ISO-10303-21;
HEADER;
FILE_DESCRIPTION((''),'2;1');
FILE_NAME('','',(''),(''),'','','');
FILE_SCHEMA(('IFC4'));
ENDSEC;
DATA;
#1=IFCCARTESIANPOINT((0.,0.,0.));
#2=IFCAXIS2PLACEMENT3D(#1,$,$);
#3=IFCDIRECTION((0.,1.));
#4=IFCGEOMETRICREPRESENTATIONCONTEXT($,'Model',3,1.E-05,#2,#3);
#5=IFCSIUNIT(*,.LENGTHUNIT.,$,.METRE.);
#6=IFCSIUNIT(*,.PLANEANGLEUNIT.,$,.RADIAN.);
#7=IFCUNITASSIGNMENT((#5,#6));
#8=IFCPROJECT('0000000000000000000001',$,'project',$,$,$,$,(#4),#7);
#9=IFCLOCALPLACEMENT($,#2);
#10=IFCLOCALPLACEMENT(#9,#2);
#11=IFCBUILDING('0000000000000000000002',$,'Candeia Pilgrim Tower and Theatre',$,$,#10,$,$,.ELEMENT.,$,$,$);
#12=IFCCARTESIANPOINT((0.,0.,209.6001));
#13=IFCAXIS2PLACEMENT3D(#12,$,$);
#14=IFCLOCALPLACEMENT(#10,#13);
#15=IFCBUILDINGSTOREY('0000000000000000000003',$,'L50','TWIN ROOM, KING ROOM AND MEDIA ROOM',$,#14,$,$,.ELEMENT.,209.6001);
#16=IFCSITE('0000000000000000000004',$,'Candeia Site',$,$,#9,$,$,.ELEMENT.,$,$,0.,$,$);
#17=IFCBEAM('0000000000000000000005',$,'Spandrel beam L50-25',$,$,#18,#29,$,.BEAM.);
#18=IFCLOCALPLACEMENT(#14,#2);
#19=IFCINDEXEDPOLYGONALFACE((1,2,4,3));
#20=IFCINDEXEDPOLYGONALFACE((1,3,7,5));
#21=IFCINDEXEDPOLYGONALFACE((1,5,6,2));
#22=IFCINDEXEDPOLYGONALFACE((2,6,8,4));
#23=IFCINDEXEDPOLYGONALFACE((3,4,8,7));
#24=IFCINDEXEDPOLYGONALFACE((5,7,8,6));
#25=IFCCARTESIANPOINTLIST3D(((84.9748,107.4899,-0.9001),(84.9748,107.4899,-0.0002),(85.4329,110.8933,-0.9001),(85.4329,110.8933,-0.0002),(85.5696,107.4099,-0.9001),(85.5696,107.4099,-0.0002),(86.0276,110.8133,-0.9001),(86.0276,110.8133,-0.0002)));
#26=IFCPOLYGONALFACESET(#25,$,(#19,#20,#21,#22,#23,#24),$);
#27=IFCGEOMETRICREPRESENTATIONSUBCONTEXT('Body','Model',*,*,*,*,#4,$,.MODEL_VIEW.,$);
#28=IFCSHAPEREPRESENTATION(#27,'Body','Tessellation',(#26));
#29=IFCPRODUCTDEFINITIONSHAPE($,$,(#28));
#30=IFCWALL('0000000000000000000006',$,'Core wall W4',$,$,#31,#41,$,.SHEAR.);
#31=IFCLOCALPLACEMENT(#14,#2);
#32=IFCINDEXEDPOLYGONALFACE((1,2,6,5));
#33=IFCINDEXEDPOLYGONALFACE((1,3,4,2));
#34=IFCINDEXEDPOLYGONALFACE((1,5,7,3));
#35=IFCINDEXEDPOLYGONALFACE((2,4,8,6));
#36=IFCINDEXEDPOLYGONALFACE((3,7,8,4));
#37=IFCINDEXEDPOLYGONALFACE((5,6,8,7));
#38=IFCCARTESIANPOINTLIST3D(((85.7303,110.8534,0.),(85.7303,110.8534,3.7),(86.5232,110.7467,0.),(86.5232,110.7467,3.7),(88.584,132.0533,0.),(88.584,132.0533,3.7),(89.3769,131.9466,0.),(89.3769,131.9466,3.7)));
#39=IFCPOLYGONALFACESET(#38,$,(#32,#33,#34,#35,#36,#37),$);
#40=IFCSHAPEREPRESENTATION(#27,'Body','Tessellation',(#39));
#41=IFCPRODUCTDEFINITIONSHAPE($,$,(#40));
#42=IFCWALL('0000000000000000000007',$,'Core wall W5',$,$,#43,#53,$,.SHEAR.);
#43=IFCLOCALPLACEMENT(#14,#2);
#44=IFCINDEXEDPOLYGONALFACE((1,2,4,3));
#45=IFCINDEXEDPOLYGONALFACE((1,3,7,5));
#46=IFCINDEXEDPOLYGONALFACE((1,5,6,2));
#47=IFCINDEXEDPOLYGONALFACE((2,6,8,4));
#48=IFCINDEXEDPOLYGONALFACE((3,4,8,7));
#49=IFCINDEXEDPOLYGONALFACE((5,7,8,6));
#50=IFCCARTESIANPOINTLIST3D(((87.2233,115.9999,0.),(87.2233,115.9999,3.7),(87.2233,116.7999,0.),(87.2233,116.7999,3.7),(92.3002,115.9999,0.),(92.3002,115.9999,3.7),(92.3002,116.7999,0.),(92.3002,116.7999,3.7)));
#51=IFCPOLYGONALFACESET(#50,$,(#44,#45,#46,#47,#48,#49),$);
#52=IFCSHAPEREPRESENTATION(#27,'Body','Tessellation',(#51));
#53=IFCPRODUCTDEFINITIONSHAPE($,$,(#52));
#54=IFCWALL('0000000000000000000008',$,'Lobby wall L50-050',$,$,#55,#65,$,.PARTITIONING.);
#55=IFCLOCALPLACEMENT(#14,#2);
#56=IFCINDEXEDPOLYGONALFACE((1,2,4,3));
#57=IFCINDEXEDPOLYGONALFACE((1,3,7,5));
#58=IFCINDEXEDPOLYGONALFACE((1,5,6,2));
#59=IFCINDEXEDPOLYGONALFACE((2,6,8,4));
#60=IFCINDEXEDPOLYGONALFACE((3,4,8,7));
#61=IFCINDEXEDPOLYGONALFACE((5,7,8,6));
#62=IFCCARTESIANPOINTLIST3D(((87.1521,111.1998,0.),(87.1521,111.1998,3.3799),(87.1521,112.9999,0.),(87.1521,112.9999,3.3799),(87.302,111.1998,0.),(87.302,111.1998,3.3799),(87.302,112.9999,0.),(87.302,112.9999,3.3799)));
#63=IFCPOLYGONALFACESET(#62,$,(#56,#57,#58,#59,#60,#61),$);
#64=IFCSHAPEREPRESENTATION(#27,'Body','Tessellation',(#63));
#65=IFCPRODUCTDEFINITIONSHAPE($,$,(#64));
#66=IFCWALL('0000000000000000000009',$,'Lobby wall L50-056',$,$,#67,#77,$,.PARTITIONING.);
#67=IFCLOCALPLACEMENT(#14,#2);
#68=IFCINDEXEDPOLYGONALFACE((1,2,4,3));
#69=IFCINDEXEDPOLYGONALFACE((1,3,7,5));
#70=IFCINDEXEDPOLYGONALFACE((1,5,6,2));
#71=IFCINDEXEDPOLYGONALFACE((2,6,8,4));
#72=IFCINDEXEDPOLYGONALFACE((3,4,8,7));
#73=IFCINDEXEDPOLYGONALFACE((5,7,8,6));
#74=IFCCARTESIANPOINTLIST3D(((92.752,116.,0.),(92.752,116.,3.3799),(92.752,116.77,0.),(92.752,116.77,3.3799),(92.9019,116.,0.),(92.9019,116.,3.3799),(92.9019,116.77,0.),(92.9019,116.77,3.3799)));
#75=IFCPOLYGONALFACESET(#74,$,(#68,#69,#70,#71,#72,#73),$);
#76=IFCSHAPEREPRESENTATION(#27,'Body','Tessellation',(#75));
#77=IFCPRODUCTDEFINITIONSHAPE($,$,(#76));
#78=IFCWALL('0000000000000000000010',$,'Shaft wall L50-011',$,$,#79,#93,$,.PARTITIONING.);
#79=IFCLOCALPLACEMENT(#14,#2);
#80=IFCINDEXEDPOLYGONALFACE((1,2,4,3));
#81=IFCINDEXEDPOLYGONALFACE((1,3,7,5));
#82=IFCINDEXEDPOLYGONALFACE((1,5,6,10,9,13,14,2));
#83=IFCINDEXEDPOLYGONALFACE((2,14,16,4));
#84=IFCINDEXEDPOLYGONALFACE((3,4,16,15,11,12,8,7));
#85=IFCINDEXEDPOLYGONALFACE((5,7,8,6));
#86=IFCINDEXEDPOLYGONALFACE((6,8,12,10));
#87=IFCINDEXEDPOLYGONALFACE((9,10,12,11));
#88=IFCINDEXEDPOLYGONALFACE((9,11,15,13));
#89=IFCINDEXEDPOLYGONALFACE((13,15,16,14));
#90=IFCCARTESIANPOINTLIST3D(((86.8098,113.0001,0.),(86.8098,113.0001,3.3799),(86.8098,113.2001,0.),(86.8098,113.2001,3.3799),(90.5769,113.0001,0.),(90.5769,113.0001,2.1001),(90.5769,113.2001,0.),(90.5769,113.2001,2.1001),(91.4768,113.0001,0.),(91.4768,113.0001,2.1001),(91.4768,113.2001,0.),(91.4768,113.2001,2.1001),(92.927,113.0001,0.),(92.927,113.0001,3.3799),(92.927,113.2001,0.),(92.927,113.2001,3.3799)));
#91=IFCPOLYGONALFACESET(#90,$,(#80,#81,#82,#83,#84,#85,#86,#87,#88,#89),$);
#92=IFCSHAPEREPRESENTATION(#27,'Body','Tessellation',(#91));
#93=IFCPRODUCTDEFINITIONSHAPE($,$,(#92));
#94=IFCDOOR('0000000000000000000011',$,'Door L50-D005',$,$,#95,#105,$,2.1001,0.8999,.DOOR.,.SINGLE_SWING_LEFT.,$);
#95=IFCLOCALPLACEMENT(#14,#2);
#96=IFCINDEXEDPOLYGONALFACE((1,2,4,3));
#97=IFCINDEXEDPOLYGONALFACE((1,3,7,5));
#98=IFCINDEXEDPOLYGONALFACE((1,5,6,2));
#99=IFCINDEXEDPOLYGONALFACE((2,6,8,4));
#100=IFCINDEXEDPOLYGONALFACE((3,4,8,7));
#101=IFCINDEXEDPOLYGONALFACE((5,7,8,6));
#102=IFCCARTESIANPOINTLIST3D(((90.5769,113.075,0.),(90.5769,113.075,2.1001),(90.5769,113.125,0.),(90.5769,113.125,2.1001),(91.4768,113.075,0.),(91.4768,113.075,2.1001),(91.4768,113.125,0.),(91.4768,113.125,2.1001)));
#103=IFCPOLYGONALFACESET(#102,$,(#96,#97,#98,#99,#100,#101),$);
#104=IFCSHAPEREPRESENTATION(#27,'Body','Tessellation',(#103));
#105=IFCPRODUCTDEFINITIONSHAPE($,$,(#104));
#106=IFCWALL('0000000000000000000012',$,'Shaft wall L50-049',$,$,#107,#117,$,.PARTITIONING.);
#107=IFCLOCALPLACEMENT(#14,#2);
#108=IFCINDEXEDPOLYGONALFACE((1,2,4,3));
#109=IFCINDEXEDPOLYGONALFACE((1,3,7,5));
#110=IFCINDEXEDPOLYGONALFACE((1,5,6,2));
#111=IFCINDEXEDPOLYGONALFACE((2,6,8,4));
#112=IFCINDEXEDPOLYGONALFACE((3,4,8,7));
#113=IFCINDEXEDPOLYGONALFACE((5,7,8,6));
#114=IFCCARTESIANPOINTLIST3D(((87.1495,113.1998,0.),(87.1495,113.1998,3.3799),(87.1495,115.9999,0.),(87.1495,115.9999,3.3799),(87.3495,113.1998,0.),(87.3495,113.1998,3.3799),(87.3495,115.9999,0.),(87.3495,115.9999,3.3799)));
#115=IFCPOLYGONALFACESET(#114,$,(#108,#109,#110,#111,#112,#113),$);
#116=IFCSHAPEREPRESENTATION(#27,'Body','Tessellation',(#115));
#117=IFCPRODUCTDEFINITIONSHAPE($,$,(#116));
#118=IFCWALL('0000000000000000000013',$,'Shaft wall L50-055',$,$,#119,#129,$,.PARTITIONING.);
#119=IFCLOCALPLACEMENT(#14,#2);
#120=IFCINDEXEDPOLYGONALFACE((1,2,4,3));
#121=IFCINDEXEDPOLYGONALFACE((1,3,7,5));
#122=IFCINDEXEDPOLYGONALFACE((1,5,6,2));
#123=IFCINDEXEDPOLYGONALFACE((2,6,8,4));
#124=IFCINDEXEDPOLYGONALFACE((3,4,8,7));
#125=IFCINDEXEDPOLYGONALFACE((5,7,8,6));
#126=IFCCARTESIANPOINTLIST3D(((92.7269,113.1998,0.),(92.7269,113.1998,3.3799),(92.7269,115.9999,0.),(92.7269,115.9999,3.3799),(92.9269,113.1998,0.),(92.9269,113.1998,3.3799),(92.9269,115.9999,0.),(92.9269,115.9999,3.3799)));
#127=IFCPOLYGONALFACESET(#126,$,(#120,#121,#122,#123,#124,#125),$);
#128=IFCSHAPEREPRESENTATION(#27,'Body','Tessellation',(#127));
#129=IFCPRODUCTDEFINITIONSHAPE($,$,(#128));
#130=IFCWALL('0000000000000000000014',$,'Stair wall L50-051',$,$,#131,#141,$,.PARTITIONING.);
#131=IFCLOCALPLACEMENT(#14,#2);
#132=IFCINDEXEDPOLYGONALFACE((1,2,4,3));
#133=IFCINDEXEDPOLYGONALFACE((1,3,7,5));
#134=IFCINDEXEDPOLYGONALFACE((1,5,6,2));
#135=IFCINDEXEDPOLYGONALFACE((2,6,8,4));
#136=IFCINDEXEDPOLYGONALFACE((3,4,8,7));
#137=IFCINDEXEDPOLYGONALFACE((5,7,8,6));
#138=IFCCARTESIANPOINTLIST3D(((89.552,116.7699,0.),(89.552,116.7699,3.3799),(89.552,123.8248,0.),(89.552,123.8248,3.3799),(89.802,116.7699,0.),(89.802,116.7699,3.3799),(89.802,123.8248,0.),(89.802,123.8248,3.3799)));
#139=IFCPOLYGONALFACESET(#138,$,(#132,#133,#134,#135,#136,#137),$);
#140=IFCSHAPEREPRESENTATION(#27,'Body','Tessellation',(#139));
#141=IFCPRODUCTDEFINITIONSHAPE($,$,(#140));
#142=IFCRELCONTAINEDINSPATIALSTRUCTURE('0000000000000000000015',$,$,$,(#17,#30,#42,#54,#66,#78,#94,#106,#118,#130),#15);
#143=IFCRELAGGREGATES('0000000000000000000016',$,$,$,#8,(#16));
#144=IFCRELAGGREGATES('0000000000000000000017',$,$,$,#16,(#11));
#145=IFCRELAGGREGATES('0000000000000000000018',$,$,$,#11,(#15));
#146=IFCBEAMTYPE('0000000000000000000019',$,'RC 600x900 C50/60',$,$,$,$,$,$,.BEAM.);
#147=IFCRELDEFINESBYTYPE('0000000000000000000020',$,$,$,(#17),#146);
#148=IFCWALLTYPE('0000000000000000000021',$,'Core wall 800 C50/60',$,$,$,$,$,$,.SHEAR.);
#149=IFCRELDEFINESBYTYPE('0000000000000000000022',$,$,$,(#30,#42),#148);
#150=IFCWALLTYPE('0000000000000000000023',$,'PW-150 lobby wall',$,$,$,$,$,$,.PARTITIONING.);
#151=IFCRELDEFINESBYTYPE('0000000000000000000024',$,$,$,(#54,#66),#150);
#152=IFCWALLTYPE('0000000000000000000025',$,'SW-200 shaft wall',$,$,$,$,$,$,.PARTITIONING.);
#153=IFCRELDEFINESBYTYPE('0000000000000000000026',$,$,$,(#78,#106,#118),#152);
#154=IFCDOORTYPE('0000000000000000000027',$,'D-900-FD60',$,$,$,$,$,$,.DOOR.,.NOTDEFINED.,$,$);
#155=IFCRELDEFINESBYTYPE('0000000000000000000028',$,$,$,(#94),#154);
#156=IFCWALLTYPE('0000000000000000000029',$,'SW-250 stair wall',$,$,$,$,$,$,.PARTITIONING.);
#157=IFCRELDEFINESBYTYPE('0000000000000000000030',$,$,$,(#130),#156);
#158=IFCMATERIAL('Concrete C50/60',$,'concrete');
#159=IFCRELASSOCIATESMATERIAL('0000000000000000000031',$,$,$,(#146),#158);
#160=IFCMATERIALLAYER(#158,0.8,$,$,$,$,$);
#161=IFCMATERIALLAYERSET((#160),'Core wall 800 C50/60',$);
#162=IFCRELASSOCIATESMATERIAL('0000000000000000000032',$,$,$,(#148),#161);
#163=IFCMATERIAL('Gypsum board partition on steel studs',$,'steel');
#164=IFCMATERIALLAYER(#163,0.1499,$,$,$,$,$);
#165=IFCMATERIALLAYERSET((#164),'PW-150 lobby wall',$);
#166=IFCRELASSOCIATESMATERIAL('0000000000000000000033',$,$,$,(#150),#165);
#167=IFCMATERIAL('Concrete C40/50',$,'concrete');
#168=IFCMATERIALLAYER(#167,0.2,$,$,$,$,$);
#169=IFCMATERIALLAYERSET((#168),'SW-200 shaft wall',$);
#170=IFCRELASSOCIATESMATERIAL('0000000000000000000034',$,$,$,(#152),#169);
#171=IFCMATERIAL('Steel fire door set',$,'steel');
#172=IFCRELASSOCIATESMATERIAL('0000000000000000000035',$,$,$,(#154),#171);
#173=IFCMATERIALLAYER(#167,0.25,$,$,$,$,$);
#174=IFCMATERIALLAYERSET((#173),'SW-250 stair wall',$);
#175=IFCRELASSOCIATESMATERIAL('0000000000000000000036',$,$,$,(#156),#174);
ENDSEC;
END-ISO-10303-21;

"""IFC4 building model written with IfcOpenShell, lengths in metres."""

from ifc_helpers import new_model, si_unit, direction, frame, frame_2d, origin, origin_2d, place, context, subcontext, project, spatial, rectangle, extrude, material, layer, layer_set, material_profile, profile_set, type_object, element, fill, save


model = new_model("IFC4")

# Units and contexts
model_context = context("Model", 3, precision=1e-05, world=origin(), true_north=direction((0.0, 1.0)))
body_context = subcontext(model_context, "Body", "Model", "MODEL_VIEW")
ifc_project = project(units=[si_unit("LENGTHUNIT", "METRE"), si_unit("PLANEANGLEUNIT", "RADIAN")], contexts=[model_context])

# Site, building, storey
site_placement = place(None, origin())
site = spatial("IfcSite", under=ifc_project, at=site_placement, Name="Candeia Site", CompositionType="ELEMENT", RefElevation=0.0)
building_placement = place(site_placement, origin())
building = spatial("IfcBuilding", under=site, at=building_placement, Name="Candeia Pilgrim Tower and Theatre", CompositionType="ELEMENT")
storey_placement = place(building_placement, frame((0.0, 0.0, 209.6001)))
storey = spatial("IfcBuildingStorey", under=building, at=storey_placement, Name="L50", Description="TWIN ROOM, KING ROOM AND MEDIA ROOM", CompositionType="ELEMENT", Elevation=209.6001)

# Beam
ifc_material_1 = material(Name="Concrete C50/60", Category="concrete")
ifc_material_profile = material_profile(ifc_material_1, rectangle(XDim=0.6001, YDim=0.8999, at=origin_2d()))
ifc_profile_set = profile_set([ifc_material_profile], Name="Concrete C50/60")
beam_type = type_object("IfcBeamType", Name="RC 600x900 C50/60", PredefinedType="BEAM", material=ifc_profile_set)
beam_placement = place(storey_placement, frame((85.7302, 110.8533, -0.4502), z_axis=(-0.133374, -0.991066, 0.0), x_axis=(0.991066, -0.133374, 0.0)))
element("IfcBeam", 1, at=beam_placement, inside=storey, type_object=beam_type, Name="Spandrel beam L50-25", PredefinedType="BEAM", context=body_context, shape_type="SweptSolid", body=[
    extrude(rectangle(XDim=0.6001, YDim=0.8999, at=origin_2d()), origin(), (0.0, 0.0, 1.0), 3.4341),
])

# Walls
ifc_layer_1 = layer(ifc_material_1, 0.8)
ifc_layer_set_1 = layer_set([ifc_layer_1], Name="Core wall 800 C50/60")
wall_type_1 = type_object("IfcWallType", Name="Core wall 800 C50/60", PredefinedType="SHEAR", material=ifc_layer_set_1)
wall_1_placement = place(storey_placement, frame((86.1267, 110.8, 0.0), z_axis=(0.0, 0.0, 1.0), x_axis=(0.133408, 0.991061, 0.0)))
element("IfcWall", 2, at=wall_1_placement, inside=storey, type_object=wall_type_1, Name="Core wall W4", PredefinedType="SHEAR", context=body_context, shape_type="SweptSolid", body=[
    extrude(rectangle(XDim=21.3911, YDim=0.8, at=frame_2d((10.6956, 0.0))), origin(), (0.0, 0.0, 1.0), 3.7),
])
wall_2_placement = place(storey_placement, frame((87.2231, 116.3999, 0.0), z_axis=(0.0, 0.0, 1.0), x_axis=(1.0, 0.0, 0.0)))
element("IfcWall", 3, at=wall_2_placement, inside=storey, type_object=wall_type_1, Name="Core wall W5", PredefinedType="SHEAR", context=body_context, shape_type="SweptSolid", body=[
    extrude(rectangle(XDim=5.0769, YDim=0.8, at=frame_2d((2.5386, 0.0))), origin(), (0.0, 0.0, 1.0), 3.7),
])
ifc_material_2 = material(Name="Gypsum board partition on steel studs", Category="steel")
ifc_layer_2 = layer(ifc_material_2, 0.1499)
ifc_layer_set_2 = layer_set([ifc_layer_2], Name="PW-150 lobby wall")
wall_type_2 = type_object("IfcWallType", Name="PW-150 lobby wall", PredefinedType="PARTITIONING", material=ifc_layer_set_2)
wall_3_placement = place(storey_placement, frame((87.2271, 111.2, 0.0), z_axis=(0.0, 0.0, 1.0), x_axis=(0.0, 1.0, 0.0)))
element("IfcWall", 4, at=wall_3_placement, inside=storey, type_object=wall_type_2, Name="Lobby wall L50-050", PredefinedType="PARTITIONING", context=body_context, shape_type="SweptSolid", body=[
    extrude(rectangle(XDim=1.8, YDim=0.1499, at=frame_2d((0.8999, 0.0))), origin(), (0.0, 0.0, 1.0), 3.3799),
])
wall_4_placement = place(storey_placement, frame((92.8269, 116.0, 0.0), z_axis=(0.0, 0.0, 1.0), x_axis=(0.0, 1.0, 0.0)))
element("IfcWall", 5, at=wall_4_placement, inside=storey, type_object=wall_type_2, Name="Lobby wall L50-056", PredefinedType="PARTITIONING", context=body_context, shape_type="SweptSolid", body=[
    extrude(rectangle(XDim=0.77, YDim=0.1499, at=frame_2d((0.385, 0.0))), origin(), (0.0, 0.0, 1.0), 3.3799),
])

# Wall, opening, door
ifc_material_3 = material(Name="Concrete C40/50", Category="concrete")
ifc_layer_3 = layer(ifc_material_3, 0.2)
ifc_layer_set_3 = layer_set([ifc_layer_3], Name="SW-200 shaft wall")
wall_type_3 = type_object("IfcWallType", Name="SW-200 shaft wall", PredefinedType="PARTITIONING", material=ifc_layer_set_3)
wall_5_placement = place(storey_placement, frame((86.8098, 113.1001, 0.0), z_axis=(0.0, 0.0, 1.0), x_axis=(1.0, 0.0, 0.0)))
wall_5 = element("IfcWall", 6, at=wall_5_placement, inside=storey, type_object=wall_type_3, Name="Shaft wall L50-011", PredefinedType="PARTITIONING", context=body_context, shape_type="SweptSolid", body=[
    extrude(rectangle(XDim=6.1172, YDim=0.2, at=frame_2d((3.0586, 0.0))), origin(), (0.0, 0.0, 1.0), 3.3799),
])
opening_placement = place(wall_5_placement, frame((3.7671, 0.0, 0.0)))
opening = element("IfcOpeningElement", 7, at=opening_placement, cuts=wall_5, PredefinedType="OPENING", context=body_context, shape_type="SweptSolid", body=[
    extrude(rectangle(XDim=0.8999, YDim=2.1001, at=frame_2d((0.45, 1.05))), frame((0.0, 0.1099, 0.0), z_axis=(0.0, -1.0, 0.0), x_axis=(1.0, 0.0, 0.0)), (0.0, 0.0, 1.0), 0.22),
])
ifc_material_4 = material(Name="Steel fire door set", Category="steel")
door_type = type_object("IfcDoorType", Name="D-900-FD60", OperationType="NOTDEFINED", PredefinedType="DOOR", material=ifc_material_4)
door_placement = place(opening_placement, origin())
door = element("IfcDoor", 8, at=door_placement, inside=storey, type_object=door_type, Name="Door L50-D005", OperationType="SINGLE_SWING_LEFT", OverallHeight=2.1001, OverallWidth=0.8999, PredefinedType="DOOR", context=body_context, shape_type="SweptSolid", body=[
    extrude(rectangle(XDim=0.8999, YDim=2.1001, at=frame_2d((0.45, 1.05))), frame((0.0, 0.0249, 0.0), z_axis=(0.0, -1.0, 0.0), x_axis=(1.0, 0.0, 0.0)), (0.0, 0.0, 1.0), 0.05),
])
fill(opening, door)

# Walls
for number, where, z_axis, x_axis, name in (
    (9, (87.2495, 113.2, 0.0), (0.0, 0.0, 1.0), (0.0, 1.0, 0.0), "Shaft wall L50-049"),
    (10, (92.8269, 113.2, 0.0), (0.0, 0.0, 1.0), (0.0, 1.0, 0.0), "Shaft wall L50-055"),
):
    element("IfcWall", number, at=place(storey_placement, frame(where, z_axis=z_axis, x_axis=x_axis)), inside=storey, type_object=wall_type_3, Name=name, PredefinedType="PARTITIONING", context=body_context, shape_type="SweptSolid", body=[
        extrude(rectangle(XDim=2.8, YDim=0.2, at=frame_2d((1.3999, 0.0))), origin(), (0.0, 0.0, 1.0), 3.3799),
    ])
ifc_layer_4 = layer(ifc_material_3, 0.25)
ifc_layer_set_4 = layer_set([ifc_layer_4], Name="SW-250 stair wall")
wall_type_4 = type_object("IfcWallType", Name="SW-250 stair wall", PredefinedType="PARTITIONING", material=ifc_layer_set_4)
wall_6_placement = place(storey_placement, frame((89.677, 116.77, 0.0), z_axis=(0.0, 0.0, 1.0), x_axis=(0.0, 1.0, 0.0)))
element("IfcWall", 11, at=wall_6_placement, inside=storey, type_object=wall_type_4, Name="Stair wall L50-051", PredefinedType="PARTITIONING", context=body_context, shape_type="SweptSolid", body=[
    extrude(rectangle(XDim=7.0549, YDim=0.25, at=frame_2d((3.5273, 0.0))), origin(), (0.0, 0.0, 1.0), 3.3799),
])

save(model, "model.ifc")
